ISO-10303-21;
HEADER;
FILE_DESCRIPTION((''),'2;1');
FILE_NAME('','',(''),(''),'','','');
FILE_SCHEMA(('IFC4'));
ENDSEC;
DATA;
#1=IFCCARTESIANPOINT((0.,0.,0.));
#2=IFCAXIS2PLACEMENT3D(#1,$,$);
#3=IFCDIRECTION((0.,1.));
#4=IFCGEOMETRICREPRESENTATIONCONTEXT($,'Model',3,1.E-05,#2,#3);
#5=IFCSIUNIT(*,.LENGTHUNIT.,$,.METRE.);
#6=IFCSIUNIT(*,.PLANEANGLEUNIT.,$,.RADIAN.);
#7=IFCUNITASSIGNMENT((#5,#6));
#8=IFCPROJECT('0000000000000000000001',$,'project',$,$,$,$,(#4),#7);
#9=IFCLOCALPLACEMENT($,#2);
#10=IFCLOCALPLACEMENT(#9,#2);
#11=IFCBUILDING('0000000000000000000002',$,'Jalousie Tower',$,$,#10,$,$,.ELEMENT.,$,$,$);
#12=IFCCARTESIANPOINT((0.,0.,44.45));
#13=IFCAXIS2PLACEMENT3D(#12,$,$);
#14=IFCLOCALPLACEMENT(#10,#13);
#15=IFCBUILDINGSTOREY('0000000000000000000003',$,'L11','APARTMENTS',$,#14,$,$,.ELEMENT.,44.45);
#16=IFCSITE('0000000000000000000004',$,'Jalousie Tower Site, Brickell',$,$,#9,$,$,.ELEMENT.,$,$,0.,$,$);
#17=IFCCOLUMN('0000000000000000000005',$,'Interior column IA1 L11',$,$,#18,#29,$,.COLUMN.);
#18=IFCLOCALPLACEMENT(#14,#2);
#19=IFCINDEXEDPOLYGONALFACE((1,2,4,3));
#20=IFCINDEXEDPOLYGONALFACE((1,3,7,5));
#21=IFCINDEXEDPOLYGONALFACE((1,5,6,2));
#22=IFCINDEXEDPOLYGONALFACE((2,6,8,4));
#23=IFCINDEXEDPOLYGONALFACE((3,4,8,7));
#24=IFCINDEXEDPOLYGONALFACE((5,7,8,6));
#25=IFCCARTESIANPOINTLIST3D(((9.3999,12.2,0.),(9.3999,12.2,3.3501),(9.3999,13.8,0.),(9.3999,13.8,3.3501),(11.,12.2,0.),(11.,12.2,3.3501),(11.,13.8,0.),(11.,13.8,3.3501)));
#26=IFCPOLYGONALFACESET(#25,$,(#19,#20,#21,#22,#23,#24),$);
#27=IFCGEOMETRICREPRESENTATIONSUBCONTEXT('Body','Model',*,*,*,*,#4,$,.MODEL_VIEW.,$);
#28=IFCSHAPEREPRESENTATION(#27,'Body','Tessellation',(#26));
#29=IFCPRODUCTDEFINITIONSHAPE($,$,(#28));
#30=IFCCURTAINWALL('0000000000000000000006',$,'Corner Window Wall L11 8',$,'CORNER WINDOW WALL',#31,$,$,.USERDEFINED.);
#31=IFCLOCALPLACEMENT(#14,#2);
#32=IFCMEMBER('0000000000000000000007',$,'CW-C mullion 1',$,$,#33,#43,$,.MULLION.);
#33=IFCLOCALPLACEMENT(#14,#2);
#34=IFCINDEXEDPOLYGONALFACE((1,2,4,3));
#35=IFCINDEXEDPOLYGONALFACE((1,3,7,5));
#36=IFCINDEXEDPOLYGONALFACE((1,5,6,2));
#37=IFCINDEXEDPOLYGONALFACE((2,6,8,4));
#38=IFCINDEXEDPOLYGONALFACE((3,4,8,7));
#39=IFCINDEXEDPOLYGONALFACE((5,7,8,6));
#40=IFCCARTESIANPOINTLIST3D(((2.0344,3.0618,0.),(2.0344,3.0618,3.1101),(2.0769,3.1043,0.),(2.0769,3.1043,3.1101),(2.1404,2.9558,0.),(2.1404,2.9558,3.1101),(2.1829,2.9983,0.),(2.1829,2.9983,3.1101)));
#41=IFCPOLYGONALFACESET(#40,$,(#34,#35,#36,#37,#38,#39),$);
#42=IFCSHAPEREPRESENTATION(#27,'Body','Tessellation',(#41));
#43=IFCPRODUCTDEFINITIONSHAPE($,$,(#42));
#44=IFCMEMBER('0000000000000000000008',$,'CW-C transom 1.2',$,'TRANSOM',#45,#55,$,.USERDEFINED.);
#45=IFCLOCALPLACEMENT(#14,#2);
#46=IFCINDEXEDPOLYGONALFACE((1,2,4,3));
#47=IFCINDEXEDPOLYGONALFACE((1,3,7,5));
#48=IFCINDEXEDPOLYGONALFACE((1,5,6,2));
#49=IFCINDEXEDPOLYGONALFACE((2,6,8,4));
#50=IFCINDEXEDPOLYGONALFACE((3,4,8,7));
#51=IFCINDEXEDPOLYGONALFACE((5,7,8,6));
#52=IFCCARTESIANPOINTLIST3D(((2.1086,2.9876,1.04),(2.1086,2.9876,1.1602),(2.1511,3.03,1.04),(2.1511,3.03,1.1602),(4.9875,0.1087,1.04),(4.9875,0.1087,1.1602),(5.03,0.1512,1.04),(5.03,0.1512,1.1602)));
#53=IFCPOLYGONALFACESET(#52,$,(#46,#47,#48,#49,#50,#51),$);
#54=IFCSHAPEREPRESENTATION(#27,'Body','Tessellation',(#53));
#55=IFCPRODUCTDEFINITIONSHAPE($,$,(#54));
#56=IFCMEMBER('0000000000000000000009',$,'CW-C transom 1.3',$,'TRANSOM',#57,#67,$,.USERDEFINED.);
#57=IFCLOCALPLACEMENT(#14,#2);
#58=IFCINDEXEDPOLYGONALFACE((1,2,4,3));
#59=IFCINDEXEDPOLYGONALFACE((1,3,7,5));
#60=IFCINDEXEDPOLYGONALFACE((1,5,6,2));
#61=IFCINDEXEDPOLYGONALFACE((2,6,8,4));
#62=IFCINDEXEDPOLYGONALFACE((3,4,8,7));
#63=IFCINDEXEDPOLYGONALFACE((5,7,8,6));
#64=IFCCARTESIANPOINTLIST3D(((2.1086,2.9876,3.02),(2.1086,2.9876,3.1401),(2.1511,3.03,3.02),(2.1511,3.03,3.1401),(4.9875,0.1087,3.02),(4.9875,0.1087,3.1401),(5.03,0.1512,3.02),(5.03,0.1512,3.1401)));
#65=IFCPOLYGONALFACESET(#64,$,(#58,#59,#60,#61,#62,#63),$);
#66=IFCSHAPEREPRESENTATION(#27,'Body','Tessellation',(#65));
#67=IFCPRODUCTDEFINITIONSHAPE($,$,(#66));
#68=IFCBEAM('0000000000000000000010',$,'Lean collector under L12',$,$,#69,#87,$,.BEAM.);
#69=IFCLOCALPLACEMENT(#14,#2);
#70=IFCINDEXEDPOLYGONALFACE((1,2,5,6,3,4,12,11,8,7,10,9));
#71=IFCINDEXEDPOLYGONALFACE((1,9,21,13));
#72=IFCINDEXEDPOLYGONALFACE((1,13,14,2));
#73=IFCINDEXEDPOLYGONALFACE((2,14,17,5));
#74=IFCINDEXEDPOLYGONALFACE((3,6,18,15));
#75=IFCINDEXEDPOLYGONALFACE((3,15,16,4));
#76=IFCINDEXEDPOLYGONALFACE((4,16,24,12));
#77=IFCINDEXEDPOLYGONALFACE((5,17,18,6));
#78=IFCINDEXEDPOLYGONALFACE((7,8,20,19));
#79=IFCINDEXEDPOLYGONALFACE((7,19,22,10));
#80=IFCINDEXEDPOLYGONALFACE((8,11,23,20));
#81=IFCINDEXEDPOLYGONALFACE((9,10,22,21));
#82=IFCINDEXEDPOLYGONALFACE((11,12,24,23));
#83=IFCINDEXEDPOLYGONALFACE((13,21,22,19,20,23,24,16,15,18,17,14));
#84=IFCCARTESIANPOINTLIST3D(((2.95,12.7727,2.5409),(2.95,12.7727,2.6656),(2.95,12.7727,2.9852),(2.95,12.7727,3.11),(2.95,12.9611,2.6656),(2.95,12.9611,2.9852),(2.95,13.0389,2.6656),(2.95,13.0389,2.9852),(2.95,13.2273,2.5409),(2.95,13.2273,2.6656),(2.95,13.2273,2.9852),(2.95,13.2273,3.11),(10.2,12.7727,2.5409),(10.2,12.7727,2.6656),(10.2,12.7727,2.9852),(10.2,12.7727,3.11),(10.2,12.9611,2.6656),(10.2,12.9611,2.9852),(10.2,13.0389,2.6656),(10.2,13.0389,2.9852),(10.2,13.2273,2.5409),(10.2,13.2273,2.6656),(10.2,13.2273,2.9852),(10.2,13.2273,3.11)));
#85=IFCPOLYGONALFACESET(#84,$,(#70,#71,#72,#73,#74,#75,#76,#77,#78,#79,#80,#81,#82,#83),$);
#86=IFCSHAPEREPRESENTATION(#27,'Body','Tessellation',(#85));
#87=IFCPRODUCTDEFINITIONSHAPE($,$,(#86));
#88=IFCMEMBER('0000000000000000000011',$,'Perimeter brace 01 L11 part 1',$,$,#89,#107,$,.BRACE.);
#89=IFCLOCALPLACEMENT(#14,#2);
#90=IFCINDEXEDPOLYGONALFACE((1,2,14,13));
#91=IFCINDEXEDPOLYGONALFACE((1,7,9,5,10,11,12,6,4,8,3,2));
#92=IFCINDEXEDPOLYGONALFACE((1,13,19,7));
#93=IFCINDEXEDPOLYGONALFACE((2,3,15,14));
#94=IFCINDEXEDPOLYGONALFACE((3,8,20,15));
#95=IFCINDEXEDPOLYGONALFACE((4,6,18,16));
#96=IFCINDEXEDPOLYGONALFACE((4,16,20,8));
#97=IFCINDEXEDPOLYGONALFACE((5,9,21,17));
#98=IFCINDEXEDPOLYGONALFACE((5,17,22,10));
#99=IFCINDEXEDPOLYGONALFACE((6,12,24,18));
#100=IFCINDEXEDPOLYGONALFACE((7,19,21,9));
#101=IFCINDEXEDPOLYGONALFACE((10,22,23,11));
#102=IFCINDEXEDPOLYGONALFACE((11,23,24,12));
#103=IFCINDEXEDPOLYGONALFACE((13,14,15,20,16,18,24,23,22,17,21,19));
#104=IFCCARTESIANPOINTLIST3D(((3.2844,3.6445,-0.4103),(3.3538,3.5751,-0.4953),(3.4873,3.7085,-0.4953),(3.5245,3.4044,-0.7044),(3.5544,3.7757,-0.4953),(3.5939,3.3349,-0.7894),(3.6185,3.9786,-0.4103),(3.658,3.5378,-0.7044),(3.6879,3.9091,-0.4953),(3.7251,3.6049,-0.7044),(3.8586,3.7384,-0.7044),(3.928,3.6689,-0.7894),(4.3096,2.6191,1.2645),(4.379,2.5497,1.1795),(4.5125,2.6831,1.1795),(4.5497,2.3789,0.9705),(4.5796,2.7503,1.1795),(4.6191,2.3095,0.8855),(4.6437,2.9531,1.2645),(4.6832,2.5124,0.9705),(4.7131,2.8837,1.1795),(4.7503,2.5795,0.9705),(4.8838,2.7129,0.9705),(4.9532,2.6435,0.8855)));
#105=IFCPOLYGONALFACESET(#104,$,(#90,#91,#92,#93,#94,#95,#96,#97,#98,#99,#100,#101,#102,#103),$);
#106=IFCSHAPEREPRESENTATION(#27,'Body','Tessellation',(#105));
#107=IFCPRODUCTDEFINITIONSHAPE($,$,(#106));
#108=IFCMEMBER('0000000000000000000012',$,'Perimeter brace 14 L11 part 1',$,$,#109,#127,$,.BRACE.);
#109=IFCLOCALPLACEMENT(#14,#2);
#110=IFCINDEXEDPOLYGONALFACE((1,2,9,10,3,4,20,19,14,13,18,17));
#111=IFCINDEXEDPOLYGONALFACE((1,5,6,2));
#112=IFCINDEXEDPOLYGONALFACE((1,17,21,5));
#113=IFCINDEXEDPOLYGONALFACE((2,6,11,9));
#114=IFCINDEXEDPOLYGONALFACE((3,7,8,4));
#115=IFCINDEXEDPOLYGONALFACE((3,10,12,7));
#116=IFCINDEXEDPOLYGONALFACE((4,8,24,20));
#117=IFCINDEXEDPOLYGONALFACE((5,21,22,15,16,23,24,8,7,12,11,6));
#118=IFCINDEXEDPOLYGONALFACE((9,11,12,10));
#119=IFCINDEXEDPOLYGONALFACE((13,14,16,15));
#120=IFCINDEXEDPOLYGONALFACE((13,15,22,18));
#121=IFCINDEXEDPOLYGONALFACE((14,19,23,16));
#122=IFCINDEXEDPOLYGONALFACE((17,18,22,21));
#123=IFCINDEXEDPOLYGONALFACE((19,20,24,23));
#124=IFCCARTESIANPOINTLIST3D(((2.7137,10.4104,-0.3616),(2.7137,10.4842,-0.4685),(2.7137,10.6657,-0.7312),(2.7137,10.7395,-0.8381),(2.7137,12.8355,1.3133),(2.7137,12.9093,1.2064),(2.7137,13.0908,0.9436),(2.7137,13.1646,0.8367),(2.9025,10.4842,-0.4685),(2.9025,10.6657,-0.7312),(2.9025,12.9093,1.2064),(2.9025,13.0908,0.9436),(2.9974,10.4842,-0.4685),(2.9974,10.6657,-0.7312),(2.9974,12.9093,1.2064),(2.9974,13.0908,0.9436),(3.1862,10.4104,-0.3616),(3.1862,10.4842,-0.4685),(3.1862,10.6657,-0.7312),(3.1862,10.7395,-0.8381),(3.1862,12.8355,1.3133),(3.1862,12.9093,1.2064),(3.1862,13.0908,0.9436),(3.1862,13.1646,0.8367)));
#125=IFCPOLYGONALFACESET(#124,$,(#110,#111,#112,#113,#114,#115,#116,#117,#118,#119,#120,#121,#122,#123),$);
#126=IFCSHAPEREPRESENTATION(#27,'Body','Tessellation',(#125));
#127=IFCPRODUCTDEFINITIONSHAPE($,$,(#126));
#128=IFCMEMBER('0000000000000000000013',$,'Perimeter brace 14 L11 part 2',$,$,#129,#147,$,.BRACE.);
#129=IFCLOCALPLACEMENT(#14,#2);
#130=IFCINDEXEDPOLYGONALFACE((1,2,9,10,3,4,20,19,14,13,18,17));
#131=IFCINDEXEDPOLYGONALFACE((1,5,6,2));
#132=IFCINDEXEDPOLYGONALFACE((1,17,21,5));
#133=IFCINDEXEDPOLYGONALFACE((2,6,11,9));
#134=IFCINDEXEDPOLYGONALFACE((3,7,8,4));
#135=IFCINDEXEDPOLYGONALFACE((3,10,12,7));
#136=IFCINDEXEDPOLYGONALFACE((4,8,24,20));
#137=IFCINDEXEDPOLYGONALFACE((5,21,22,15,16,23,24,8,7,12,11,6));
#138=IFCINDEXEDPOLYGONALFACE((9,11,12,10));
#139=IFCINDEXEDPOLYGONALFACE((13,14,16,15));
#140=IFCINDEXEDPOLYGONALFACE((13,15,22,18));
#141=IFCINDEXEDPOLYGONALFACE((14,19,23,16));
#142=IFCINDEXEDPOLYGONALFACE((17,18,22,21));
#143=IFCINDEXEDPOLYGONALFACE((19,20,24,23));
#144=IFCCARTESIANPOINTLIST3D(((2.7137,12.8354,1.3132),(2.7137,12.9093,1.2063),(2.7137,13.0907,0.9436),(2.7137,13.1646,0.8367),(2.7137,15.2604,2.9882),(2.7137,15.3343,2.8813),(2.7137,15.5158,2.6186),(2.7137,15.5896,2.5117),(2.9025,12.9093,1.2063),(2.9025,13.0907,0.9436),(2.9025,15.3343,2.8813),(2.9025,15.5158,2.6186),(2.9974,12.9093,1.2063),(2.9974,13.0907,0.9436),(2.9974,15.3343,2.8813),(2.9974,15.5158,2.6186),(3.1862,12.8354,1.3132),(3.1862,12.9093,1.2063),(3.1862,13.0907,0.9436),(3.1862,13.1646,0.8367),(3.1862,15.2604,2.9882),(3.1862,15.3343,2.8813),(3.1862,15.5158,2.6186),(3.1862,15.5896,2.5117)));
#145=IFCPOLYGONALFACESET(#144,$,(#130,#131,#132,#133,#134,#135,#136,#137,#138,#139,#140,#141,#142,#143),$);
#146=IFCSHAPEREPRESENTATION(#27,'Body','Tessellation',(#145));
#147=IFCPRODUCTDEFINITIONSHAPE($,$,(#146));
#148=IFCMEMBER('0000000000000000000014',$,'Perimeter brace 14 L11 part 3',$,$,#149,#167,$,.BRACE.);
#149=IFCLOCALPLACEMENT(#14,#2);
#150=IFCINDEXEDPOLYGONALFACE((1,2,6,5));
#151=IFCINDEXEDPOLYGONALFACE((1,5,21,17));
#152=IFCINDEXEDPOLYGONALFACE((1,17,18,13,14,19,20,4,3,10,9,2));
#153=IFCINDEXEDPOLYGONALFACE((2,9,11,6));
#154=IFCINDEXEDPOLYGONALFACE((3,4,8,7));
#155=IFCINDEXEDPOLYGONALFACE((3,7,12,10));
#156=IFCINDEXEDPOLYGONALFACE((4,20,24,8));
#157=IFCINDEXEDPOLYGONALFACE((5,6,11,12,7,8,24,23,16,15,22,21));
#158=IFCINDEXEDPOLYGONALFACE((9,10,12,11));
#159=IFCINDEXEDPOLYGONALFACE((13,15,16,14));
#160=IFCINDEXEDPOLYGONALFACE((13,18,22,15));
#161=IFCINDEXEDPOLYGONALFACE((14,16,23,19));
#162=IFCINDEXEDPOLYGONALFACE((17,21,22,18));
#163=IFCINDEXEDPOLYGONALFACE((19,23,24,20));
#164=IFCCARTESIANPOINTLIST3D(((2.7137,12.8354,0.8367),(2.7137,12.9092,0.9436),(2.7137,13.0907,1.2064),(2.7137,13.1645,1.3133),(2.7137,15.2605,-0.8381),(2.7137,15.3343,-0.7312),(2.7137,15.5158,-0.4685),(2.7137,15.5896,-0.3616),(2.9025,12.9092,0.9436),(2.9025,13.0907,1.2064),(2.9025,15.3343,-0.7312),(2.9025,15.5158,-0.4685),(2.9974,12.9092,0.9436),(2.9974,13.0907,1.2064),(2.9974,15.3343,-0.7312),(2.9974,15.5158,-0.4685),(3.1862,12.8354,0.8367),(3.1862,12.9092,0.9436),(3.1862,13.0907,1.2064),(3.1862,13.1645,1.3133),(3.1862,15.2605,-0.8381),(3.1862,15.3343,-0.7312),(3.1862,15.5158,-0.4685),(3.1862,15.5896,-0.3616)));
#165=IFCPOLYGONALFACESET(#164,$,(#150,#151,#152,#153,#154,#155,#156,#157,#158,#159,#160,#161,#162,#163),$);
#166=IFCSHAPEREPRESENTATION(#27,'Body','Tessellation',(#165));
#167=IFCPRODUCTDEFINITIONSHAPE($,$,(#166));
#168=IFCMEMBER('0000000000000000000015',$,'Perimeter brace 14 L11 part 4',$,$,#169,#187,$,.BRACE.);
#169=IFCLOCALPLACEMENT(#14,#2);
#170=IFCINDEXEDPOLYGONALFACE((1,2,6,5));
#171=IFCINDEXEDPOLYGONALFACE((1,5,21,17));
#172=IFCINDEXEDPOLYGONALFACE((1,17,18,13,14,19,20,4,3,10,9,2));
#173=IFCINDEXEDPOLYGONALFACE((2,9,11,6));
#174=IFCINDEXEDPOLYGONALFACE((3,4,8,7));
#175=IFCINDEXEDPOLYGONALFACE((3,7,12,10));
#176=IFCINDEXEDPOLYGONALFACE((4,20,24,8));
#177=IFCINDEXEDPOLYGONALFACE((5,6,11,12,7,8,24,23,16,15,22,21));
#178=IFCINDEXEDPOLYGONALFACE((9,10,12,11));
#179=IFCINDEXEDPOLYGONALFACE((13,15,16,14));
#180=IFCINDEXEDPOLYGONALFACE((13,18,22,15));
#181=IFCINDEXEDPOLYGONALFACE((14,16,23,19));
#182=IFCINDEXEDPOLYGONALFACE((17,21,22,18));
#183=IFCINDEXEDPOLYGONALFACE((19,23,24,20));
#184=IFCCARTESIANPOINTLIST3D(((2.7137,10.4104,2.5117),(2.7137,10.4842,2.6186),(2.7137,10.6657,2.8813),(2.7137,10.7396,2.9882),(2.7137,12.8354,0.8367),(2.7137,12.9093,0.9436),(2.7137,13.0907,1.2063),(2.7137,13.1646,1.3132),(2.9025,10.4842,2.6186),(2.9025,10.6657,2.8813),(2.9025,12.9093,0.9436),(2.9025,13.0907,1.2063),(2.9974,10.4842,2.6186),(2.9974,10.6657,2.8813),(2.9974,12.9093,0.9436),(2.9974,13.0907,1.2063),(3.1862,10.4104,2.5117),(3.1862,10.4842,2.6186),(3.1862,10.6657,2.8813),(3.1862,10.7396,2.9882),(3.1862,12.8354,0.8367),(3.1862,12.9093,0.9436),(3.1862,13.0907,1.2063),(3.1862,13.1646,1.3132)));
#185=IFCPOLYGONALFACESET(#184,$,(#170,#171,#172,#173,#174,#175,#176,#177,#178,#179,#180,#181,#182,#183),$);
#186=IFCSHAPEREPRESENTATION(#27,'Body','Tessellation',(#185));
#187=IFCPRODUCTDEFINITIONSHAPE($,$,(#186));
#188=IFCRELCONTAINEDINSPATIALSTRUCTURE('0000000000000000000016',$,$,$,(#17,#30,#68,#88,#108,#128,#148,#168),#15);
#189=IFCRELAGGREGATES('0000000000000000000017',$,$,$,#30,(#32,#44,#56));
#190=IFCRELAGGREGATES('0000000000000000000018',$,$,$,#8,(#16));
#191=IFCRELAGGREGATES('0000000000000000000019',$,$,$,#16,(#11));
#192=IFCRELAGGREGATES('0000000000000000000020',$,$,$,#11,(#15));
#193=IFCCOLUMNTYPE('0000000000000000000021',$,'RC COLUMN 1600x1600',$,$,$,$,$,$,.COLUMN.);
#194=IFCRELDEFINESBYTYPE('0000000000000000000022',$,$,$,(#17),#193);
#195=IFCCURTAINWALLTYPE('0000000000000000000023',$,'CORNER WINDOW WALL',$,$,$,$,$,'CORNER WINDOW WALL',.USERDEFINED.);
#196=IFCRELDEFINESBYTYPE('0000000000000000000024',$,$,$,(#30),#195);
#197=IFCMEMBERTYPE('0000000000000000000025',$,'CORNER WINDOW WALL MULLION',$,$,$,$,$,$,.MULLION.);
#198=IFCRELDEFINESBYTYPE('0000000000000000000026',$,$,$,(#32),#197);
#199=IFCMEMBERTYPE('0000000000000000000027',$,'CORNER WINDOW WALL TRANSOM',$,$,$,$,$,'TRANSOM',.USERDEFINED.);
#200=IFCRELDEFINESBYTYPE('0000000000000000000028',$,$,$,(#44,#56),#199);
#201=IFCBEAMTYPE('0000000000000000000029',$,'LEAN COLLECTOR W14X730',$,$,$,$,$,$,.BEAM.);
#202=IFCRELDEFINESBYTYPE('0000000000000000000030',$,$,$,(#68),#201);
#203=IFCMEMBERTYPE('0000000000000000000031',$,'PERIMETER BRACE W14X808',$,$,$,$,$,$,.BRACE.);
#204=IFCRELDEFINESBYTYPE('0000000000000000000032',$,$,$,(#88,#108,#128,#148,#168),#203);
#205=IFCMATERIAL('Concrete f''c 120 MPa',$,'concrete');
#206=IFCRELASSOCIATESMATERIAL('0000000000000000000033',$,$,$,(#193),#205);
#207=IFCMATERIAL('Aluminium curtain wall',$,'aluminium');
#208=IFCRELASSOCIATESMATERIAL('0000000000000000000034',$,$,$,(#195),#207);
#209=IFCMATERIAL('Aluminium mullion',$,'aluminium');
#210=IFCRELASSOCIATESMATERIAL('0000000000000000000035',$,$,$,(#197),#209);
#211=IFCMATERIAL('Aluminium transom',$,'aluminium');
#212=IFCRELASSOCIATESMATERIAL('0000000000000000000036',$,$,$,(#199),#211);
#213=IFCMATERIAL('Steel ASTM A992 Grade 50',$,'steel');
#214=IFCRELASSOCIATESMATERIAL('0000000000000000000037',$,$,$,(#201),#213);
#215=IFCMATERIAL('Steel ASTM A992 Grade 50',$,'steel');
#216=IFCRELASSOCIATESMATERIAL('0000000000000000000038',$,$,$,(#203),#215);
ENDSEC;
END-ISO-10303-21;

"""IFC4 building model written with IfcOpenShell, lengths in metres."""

from ifc_helpers import new_model, si_unit, direction, frame, origin, origin_2d, place, context, subcontext, project, spatial, rectangle, i_section, extrude, material, material_profile, profile_set, type_object, element, aggregate, save


model = new_model("IFC4")

# Units and contexts
model_context = context("Model", 3, precision=1e-05, world=origin(), true_north=direction((0.0, 1.0)))
body_context = subcontext(model_context, "Body", "Model", "MODEL_VIEW")
ifc_project = project(units=[si_unit("LENGTHUNIT", "METRE"), si_unit("PLANEANGLEUNIT", "RADIAN")], contexts=[model_context])

# Site, building, storey
site_placement = place(None, origin())
site = spatial("IfcSite", under=ifc_project, at=site_placement, Name="Jalousie Tower Site, Brickell", CompositionType="ELEMENT", RefElevation=0.0)
building_placement = place(site_placement, origin())
building = spatial("IfcBuilding", under=site, at=building_placement, Name="Jalousie Tower", CompositionType="ELEMENT")
storey_placement = place(building_placement, frame((0.0, 0.0, 44.45)))
storey = spatial("IfcBuildingStorey", under=building, at=storey_placement, Name="L11", Description="APARTMENTS", CompositionType="ELEMENT", Elevation=44.45)

# Column
ifc_material_1 = material(Name="Concrete f'c 120 MPa", Category="concrete")
ifc_material_profile_1 = material_profile(ifc_material_1, rectangle(XDim=1.6001, YDim=1.6001, at=origin_2d()), Name="RC 1600x1600")
ifc_profile_set_1 = profile_set([ifc_material_profile_1], Name="Concrete f'c 120 MPa")
column_type = type_object("IfcColumnType", Name="RC COLUMN 1600x1600", PredefinedType="COLUMN", material=ifc_profile_set_1)
column_placement = place(storey_placement, frame((10.2, 13.0, 0.0), z_axis=(0.0, 0.0, 1.0), x_axis=(1.0, 0.0, 0.0)))
element("IfcColumn", 1, at=column_placement, inside=storey, type_object=column_type, Name="Interior column IA1 L11", PredefinedType="COLUMN", context=body_context, shape_type="SweptSolid", body=[
    extrude(rectangle(XDim=1.6001, YDim=1.6001, at=origin_2d()), origin(), (0.0, 0.0, 1.0), 3.3501),
])

# Curtain wall, members
ifc_material_2 = material(Name="Aluminium curtain wall", Category="aluminium")
curtain_wall_type_1 = type_object("IfcCurtainWallType", Name="CORNER WINDOW WALL", ElementType="CORNER WINDOW WALL", PredefinedType="USERDEFINED", material=ifc_material_2)
curtain_wall_1_placement = place(storey_placement, origin())
curtain_wall_1 = element("IfcCurtainWall", 2, at=curtain_wall_1_placement, inside=storey, type_object=curtain_wall_type_1, Name="Corner Window Wall L11 8", ObjectType="CORNER WINDOW WALL", PredefinedType="USERDEFINED")
ifc_material_3 = material(Name="Aluminium mullion", Category="aluminium")
ifc_material_profile_2 = material_profile(ifc_material_3, rectangle(XDim=0.0601, YDim=0.1499, at=origin_2d()), Name="MULLION 60x150")
ifc_profile_set_2 = profile_set([ifc_material_profile_2], Name="Aluminium mullion")
member_type_1 = type_object("IfcMemberType", Name="CORNER WINDOW WALL MULLION", PredefinedType="MULLION", material=ifc_profile_set_2)
member_1_placement = place(storey_placement, frame((2.1086, 3.03, 0.0), z_axis=(0.0, 0.0, 1.0), x_axis=(0.707107, 0.707107, 0.0)))
member_1 = element("IfcMember", 3, at=member_1_placement, type_object=member_type_1, Name="CW-C mullion 1", PredefinedType="MULLION", context=body_context, shape_type="SweptSolid", body=[
    extrude(rectangle(XDim=0.0601, YDim=0.1499, at=origin_2d()), origin(), (0.0, 0.0, 1.0), 3.1101),
])
ifc_material_4 = material(Name="Aluminium transom", Category="aluminium")
ifc_material_profile_3 = material_profile(ifc_material_4, rectangle(XDim=0.0601, YDim=0.1201, at=origin_2d()), Name="TRANSOM 60x120")
ifc_profile_set_3 = profile_set([ifc_material_profile_3], Name="Aluminium transom")
member_type_2 = type_object("IfcMemberType", Name="CORNER WINDOW WALL TRANSOM", ElementType="TRANSOM", PredefinedType="USERDEFINED", material=ifc_profile_set_3)
member_2_placement = place(storey_placement, frame((2.1299, 3.0088, 1.1001), z_axis=(0.707107, -0.707107, 0.0), x_axis=(0.707107, 0.707107, 0.0)))
member_2 = element("IfcMember", 4, at=member_2_placement, type_object=member_type_2, Name="CW-C transom 1.2", ObjectType="TRANSOM", PredefinedType="USERDEFINED", context=body_context, shape_type="SweptSolid", body=[
    extrude(rectangle(XDim=0.0601, YDim=0.1201, at=origin_2d()), origin(), (0.0, 0.0, 1.0), 4.0713),
])
member_3_placement = place(storey_placement, frame((2.1299, 3.0088, 3.0801), z_axis=(0.707107, -0.707107, 0.0), x_axis=(0.707107, 0.707107, 0.0)))
member_3 = element("IfcMember", 5, at=member_3_placement, type_object=member_type_2, Name="CW-C transom 1.3", ObjectType="TRANSOM", PredefinedType="USERDEFINED", context=body_context, shape_type="SweptSolid", body=[
    extrude(rectangle(XDim=0.0601, YDim=0.1201, at=origin_2d()), origin(), (0.0, 0.0, 1.0), 4.0713),
])
aggregate(curtain_wall_1, [member_1, member_2, member_3])

# Beam
ifc_material_5 = material(Name="Steel ASTM A992 Grade 50", Category="steel")
ifc_material_profile_4 = material_profile(ifc_material_5, i_section(OverallWidth=0.4546, OverallDepth=0.5691, WebThickness=0.0779, FlangeThickness=0.1248, at=origin_2d()), Name="W14X730")
ifc_profile_set_4 = profile_set([ifc_material_profile_4], Name="Steel ASTM A992 Grade 50")
beam_type_1 = type_object("IfcBeamType", Name="LEAN COLLECTOR W14X730", PredefinedType="BEAM", material=ifc_profile_set_4)
beam_1_placement = place(storey_placement, frame((2.95, 13.0, 2.8254), z_axis=(1.0, 0.0, 0.0), x_axis=(0.0, 1.0, 0.0)))
element("IfcBeam", 6, at=beam_1_placement, inside=storey, type_object=beam_type_1, Name="Lean collector under L12", PredefinedType="BEAM", context=body_context, shape_type="SweptSolid", body=[
    extrude(i_section(OverallWidth=0.4546, OverallDepth=0.5691, WebThickness=0.0779, FlangeThickness=0.1248, at=origin_2d()), origin(), (0.0, 0.0, 1.0), 7.25),
])

# Members
ifc_material_6 = material(Name="Steel ASTM A992 Grade 50", Category="steel")
ifc_material_profile_5 = material_profile(ifc_material_6, i_section(OverallWidth=0.4724, OverallDepth=0.5791, WebThickness=0.095, FlangeThickness=0.1299, at=origin_2d()), Name="W14X808")
ifc_profile_set_5 = profile_set([ifc_material_profile_5], Name="Steel ASTM A992 Grade 50")
member_type_3 = type_object("IfcMemberType", Name="PERIMETER BRACE W14X808", PredefinedType="BRACE", material=ifc_profile_set_5)
member_4_placement = place(storey_placement, frame((3.6062, 3.6567, -0.5999), z_axis=(0.462768, -0.462879, 0.756035), x_axis=(0.707191, 0.707023, 0.0)))
element("IfcMember", 7, at=member_4_placement, inside=storey, type_object=member_type_3, Name="Perimeter brace 01 L11 part 1", PredefinedType="BRACE", context=body_context, shape_type="SweptSolid", body=[
    extrude(i_section(OverallWidth=0.4724, OverallDepth=0.5791, WebThickness=0.095, FlangeThickness=0.1299, at=origin_2d()), origin(), (0.0, 0.0, 1.0), 2.2153),
])
for number, where, z_axis, x_axis, name in (
    (8, (2.95, 10.575, -0.5999), (0.0, 0.822839, 0.568275), (-1.0, 0.0, 0.0), "Perimeter brace 14 L11 part 1"),
    (9, (2.95, 13.0, 1.075), (0.0, 0.8228, 0.568331), (-1.0, 0.0, 0.0), "Perimeter brace 14 L11 part 2"),
    (10, (2.95, 15.425, -0.5999), (0.0, -0.822839, 0.568275), (1.0, 0.0, 0.0), "Perimeter brace 14 L11 part 3"),
    (11, (2.95, 13.0, 1.075), (0.0, -0.8228, 0.568331), (1.0, 0.0, 0.0), "Perimeter brace 14 L11 part 4"),
):
    element("IfcMember", number, at=place(storey_placement, frame(where, z_axis=z_axis, x_axis=x_axis)), inside=storey, type_object=member_type_3, Name=name, PredefinedType="BRACE", context=body_context, shape_type="SweptSolid", body=[
        extrude(i_section(OverallWidth=0.4724, OverallDepth=0.5791, WebThickness=0.095, FlangeThickness=0.1299, at=origin_2d()), origin(), (0.0, 0.0, 1.0), 2.9473),
    ])

save(model, "model.ifc")
